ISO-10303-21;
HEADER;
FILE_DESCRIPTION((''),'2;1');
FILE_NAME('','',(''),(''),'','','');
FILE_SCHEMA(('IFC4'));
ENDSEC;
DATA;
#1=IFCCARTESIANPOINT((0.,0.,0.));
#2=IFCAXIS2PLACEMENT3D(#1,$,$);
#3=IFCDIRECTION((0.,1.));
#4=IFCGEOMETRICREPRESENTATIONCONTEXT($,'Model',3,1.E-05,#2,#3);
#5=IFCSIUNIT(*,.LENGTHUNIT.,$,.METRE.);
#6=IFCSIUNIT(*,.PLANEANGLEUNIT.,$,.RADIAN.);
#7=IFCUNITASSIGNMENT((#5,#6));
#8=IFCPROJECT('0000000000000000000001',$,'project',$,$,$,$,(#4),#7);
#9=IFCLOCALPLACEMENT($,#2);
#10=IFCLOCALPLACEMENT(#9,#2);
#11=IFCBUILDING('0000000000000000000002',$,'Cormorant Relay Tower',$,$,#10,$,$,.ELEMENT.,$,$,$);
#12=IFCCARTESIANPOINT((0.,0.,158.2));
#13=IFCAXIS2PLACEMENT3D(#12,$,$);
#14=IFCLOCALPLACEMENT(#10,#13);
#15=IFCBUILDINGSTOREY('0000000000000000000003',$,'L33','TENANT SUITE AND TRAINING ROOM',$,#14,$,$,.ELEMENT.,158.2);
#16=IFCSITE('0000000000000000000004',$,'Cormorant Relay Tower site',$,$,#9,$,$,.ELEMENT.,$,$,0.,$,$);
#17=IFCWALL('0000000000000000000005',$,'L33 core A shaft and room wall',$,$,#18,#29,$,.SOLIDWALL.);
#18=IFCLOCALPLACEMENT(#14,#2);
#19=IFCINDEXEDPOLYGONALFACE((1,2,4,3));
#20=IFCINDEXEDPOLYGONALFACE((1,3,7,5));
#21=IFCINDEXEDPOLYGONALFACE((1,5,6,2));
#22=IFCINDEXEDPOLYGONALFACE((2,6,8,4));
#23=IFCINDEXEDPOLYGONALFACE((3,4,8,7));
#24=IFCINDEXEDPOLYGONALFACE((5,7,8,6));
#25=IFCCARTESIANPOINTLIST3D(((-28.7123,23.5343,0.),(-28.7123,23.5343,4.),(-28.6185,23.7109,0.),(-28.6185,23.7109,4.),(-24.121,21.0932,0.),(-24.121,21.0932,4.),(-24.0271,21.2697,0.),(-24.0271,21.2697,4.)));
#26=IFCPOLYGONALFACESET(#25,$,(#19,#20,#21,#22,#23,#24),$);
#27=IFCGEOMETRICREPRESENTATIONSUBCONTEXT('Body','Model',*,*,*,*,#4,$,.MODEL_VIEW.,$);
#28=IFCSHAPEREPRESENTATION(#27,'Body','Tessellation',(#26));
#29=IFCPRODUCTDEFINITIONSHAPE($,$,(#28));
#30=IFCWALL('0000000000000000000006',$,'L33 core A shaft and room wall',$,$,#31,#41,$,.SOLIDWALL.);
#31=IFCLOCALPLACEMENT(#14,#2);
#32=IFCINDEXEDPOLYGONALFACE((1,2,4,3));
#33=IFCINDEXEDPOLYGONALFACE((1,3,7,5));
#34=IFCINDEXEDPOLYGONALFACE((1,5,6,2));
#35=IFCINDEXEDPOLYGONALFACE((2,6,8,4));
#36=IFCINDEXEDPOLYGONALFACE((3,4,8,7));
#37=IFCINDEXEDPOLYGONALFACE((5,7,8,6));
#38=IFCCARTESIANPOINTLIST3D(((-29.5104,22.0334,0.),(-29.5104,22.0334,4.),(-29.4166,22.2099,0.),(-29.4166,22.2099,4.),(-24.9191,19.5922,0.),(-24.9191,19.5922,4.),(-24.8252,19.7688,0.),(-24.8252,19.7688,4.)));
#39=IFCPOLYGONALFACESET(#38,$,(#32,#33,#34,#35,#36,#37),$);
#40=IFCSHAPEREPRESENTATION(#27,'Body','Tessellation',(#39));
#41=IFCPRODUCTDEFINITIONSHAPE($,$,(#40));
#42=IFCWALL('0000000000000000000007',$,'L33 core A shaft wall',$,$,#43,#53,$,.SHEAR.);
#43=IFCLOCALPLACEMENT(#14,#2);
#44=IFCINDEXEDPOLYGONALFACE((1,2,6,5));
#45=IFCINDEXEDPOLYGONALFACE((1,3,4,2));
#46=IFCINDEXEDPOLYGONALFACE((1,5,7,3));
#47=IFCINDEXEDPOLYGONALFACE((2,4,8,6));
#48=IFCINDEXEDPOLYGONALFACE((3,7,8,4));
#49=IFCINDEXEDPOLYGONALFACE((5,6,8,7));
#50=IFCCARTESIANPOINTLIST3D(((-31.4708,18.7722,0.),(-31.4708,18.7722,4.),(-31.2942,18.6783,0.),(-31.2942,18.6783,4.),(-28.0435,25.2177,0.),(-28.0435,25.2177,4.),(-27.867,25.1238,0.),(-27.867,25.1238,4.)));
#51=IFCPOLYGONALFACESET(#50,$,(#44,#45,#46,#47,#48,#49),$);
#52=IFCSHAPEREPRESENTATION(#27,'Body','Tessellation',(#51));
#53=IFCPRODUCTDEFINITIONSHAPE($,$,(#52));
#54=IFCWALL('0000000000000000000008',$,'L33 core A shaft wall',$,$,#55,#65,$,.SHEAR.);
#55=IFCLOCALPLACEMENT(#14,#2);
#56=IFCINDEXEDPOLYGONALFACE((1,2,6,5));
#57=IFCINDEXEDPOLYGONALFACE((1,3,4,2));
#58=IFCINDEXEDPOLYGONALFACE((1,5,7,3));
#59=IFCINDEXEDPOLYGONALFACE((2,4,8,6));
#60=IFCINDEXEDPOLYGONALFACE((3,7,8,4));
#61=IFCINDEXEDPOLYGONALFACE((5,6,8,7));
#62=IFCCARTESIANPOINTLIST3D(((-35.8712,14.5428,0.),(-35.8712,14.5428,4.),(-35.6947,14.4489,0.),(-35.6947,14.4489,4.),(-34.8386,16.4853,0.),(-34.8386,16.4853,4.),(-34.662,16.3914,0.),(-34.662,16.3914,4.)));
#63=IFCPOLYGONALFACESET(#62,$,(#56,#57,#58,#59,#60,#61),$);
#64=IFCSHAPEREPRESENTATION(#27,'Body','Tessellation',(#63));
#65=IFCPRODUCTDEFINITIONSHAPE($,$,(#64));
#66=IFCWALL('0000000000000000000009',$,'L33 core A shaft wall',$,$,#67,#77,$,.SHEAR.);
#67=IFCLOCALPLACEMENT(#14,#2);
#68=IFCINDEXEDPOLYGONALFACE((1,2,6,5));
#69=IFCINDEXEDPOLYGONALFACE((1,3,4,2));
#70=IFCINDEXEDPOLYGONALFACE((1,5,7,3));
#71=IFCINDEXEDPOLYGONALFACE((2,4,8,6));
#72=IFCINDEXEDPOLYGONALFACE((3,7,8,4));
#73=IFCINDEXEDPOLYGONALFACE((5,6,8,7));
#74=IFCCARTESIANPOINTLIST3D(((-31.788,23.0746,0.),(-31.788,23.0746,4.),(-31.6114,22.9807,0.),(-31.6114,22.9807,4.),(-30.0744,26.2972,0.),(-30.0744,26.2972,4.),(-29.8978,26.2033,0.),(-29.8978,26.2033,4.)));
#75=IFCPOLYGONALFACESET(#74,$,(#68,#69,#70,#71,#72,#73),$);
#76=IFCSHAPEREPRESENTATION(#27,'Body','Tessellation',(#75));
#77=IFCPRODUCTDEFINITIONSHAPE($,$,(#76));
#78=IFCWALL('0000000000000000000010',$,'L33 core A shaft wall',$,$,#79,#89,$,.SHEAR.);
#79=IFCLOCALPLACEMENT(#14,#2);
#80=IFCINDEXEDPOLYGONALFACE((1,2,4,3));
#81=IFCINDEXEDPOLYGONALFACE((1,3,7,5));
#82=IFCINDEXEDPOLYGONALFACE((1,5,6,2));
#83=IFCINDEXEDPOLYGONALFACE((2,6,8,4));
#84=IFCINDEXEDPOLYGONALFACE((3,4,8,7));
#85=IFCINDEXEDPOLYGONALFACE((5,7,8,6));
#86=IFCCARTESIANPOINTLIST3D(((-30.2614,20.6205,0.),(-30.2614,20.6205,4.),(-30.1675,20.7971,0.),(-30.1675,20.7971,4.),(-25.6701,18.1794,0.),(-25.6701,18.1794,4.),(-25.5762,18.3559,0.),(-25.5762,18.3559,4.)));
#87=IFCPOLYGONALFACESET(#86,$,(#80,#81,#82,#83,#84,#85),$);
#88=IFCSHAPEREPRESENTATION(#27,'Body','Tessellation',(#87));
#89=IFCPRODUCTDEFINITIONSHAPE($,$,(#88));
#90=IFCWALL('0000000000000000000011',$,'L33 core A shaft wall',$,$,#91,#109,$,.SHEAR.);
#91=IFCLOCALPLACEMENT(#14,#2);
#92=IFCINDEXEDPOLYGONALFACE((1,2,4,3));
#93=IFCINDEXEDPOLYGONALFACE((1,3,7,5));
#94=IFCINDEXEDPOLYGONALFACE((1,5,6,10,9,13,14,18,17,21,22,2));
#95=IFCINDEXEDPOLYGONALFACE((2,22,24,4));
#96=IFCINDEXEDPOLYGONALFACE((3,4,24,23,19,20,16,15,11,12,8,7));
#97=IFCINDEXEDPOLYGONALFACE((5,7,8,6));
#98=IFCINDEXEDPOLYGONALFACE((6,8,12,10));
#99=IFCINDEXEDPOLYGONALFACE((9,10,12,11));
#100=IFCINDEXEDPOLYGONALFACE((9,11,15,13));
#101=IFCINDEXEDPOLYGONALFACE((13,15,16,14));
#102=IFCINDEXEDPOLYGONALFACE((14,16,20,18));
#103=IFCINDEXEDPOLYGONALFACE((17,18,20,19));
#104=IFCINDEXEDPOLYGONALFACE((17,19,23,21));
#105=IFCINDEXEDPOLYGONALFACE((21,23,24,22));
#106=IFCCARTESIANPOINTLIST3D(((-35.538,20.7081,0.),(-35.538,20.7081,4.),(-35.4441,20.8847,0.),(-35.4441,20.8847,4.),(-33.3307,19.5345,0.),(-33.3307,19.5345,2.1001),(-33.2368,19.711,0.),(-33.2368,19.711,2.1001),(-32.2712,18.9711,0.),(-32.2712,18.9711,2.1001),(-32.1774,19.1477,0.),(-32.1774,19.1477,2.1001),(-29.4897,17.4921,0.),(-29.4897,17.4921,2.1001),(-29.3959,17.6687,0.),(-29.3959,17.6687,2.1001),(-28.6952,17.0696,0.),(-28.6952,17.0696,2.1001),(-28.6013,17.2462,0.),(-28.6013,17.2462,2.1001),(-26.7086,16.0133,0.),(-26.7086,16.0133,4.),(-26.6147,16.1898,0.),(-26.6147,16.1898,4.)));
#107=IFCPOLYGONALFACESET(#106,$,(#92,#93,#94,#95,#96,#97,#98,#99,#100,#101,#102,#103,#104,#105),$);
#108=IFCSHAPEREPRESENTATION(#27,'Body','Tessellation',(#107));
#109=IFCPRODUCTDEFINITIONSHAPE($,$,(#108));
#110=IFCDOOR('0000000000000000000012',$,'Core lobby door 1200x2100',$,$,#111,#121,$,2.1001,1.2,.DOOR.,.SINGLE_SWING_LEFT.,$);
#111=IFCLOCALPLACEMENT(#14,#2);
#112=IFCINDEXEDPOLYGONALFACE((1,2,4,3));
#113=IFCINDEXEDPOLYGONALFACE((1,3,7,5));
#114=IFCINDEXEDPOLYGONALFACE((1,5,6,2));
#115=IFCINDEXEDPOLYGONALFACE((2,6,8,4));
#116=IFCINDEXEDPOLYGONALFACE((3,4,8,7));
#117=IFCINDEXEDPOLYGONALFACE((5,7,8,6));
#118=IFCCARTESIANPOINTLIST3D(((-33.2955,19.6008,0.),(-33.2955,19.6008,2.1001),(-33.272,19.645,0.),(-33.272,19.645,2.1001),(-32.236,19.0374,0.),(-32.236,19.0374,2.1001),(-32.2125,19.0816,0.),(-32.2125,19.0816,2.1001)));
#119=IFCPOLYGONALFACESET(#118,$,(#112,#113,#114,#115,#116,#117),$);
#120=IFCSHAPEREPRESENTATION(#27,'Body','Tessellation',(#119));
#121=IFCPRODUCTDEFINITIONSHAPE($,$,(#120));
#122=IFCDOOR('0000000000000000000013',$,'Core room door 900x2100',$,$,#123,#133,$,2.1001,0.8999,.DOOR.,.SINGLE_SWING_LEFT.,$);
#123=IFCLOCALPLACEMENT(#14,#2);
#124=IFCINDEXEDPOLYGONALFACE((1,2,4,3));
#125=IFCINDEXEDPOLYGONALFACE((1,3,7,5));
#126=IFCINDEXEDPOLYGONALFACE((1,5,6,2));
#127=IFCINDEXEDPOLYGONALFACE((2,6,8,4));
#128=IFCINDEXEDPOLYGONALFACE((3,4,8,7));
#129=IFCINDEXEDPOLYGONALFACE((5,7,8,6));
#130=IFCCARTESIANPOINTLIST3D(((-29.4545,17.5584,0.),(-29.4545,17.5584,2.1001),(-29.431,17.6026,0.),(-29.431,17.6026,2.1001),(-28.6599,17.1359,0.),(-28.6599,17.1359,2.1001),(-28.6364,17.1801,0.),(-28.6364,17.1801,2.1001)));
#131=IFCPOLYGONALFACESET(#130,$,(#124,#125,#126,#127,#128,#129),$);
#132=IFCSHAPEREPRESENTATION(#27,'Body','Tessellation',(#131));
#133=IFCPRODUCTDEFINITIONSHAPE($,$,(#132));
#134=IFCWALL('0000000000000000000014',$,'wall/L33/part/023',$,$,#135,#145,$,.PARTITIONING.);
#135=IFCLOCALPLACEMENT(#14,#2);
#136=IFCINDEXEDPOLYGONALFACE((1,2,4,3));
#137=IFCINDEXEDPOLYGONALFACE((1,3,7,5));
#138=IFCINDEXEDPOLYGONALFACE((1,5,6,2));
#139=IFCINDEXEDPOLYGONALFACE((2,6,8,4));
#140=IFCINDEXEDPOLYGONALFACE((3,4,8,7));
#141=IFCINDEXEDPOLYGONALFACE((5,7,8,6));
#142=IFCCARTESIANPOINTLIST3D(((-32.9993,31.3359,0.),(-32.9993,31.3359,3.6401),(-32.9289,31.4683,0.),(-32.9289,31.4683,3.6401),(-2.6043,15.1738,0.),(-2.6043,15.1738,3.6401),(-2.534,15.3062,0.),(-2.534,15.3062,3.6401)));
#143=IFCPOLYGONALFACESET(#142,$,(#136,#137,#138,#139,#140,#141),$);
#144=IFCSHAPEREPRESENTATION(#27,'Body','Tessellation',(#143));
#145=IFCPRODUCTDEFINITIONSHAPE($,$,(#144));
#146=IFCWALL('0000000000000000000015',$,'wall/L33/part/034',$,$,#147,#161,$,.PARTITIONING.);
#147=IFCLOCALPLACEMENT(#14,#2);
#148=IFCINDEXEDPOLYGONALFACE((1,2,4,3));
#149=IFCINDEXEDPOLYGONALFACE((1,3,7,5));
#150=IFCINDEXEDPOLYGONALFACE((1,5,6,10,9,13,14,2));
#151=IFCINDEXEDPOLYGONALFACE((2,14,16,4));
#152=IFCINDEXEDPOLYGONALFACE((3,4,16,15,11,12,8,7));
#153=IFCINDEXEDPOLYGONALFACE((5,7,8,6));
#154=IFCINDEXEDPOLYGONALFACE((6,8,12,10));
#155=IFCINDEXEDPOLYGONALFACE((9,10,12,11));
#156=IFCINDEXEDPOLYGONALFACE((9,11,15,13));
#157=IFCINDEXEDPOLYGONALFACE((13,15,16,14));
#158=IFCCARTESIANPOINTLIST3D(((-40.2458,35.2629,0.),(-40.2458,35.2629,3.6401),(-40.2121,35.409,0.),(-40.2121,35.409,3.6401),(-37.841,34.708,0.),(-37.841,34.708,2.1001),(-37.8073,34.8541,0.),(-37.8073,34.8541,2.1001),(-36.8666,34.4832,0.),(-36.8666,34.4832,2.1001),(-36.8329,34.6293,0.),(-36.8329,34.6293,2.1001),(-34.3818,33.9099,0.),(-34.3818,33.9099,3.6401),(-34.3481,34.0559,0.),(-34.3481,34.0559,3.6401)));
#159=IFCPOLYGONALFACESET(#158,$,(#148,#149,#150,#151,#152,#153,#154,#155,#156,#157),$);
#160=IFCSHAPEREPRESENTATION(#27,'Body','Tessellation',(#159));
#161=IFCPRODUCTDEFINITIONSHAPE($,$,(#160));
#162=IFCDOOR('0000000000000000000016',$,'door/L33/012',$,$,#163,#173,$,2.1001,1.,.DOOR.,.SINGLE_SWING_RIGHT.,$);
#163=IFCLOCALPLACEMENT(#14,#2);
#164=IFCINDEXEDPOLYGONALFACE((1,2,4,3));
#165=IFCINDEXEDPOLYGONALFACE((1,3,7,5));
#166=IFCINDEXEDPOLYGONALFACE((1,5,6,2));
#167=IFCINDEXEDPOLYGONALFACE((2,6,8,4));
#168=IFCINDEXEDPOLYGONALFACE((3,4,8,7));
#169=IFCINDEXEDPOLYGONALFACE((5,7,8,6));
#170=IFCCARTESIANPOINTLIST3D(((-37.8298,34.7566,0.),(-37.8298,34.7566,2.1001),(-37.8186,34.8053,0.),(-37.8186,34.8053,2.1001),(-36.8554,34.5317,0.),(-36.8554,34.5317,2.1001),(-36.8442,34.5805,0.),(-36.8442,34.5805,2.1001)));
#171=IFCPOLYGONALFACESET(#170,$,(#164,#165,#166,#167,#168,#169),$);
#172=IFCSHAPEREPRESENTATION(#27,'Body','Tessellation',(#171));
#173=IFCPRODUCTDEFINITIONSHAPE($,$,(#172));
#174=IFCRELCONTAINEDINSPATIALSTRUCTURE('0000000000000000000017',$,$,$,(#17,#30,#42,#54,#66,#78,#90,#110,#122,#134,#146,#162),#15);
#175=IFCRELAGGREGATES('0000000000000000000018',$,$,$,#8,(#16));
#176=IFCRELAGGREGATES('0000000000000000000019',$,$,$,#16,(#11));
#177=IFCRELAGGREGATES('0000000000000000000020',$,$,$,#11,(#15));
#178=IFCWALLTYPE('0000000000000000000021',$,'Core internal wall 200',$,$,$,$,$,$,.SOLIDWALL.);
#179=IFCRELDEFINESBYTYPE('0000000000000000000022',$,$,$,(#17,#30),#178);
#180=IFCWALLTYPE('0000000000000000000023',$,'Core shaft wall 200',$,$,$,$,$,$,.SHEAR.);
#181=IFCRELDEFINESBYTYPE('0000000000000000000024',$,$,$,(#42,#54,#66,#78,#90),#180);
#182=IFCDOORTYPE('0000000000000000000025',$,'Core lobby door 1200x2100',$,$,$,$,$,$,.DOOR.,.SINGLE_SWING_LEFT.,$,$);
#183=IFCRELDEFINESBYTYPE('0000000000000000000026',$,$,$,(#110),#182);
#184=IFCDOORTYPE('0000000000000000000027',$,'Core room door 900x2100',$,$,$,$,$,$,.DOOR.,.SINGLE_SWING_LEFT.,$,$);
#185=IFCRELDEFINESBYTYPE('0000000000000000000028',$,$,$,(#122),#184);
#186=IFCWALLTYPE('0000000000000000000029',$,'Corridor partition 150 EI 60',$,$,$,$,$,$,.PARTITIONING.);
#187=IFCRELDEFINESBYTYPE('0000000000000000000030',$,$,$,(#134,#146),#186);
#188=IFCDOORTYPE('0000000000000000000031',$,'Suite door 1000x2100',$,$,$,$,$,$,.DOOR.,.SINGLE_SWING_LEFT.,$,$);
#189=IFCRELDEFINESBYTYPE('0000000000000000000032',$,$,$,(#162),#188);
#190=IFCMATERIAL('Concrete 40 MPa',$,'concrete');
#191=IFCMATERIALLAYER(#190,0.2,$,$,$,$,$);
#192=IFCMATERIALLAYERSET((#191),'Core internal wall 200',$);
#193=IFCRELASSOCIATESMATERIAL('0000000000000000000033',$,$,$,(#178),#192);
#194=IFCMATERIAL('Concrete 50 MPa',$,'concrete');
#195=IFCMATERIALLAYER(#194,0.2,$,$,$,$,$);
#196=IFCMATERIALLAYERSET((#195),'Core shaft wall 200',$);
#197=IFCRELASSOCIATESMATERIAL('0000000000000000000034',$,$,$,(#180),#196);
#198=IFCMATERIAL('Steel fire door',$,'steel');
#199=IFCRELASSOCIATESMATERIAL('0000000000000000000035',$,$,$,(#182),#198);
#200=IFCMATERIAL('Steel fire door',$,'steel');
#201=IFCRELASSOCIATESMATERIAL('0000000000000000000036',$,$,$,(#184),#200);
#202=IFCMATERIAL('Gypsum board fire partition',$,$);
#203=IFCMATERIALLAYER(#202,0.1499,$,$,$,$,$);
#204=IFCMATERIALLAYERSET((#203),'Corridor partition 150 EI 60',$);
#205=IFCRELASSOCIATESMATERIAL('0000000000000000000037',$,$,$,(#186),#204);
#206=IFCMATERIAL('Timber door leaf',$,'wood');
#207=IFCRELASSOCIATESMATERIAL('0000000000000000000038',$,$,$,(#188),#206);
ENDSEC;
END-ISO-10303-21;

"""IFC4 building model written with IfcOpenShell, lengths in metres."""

from ifc_helpers import new_model, si_unit, direction, frame, frame_2d, origin, place, context, subcontext, project, spatial, rectangle, extrude, material, layer, layer_set, type_object, element, fill, save


model = new_model("IFC4")

# Units and contexts
model_context = context("Model", 3, precision=1e-05, world=origin(), true_north=direction((0.0, 1.0)))
body_context = subcontext(model_context, "Body", "Model", "MODEL_VIEW")
ifc_project = project(units=[si_unit("LENGTHUNIT", "METRE"), si_unit("PLANEANGLEUNIT", "RADIAN")], contexts=[model_context])

# Site, building, storey
site_placement = place(None, origin())
site = spatial("IfcSite", under=ifc_project, at=site_placement, Name="Cormorant Relay Tower site", CompositionType="ELEMENT", RefElevation=0.0)
building_placement = place(site_placement, origin())
building = spatial("IfcBuilding", under=site, at=building_placement, Name="Cormorant Relay Tower", CompositionType="ELEMENT")
storey_placement = place(building_placement, frame((0.0, 0.0, 158.2)))
storey = spatial("IfcBuildingStorey", under=building, at=storey_placement, Name="L33", Description="TENANT SUITE AND TRAINING ROOM", CompositionType="ELEMENT", Elevation=158.2)

# Walls
ifc_material_1 = material(Name="Concrete 40 MPa", Category="concrete")
ifc_layer_1 = layer(ifc_material_1, 0.2)
ifc_layer_set_1 = layer_set([ifc_layer_1], Name="Core internal wall 200")
wall_type_1 = type_object("IfcWallType", Name="Core internal wall 200", PredefinedType="SOLIDWALL", material=ifc_layer_set_1)
for number, where, z_axis, x_axis, name in (
    (1, (-24.074, 21.1814, 0.0), (0.0, 0.0, 1.0), (-0.882954, 0.46946, 0.0), "L33 core A shaft and room wall"),
    (2, (-24.8721, 19.6804, 0.0), (0.0, 0.0, 1.0), (-0.882954, 0.46946, 0.0), "L33 core A shaft and room wall"),
):
    element("IfcWall", number, at=place(storey_placement, frame(where, z_axis=z_axis, x_axis=x_axis)), inside=storey, type_object=wall_type_1, Name=name, PredefinedType="SOLIDWALL", context=body_context, shape_type="SweptSolid", body=[
        extrude(rectangle(XDim=5.2, YDim=0.2, at=frame_2d((2.6001, 0.0))), origin(), (0.0, 0.0, 1.0), 4.0),
    ])
ifc_material_2 = material(Name="Concrete 50 MPa", Category="concrete")
ifc_layer_2 = layer(ifc_material_2, 0.2)
ifc_layer_set_2 = layer_set([ifc_layer_2], Name="Core shaft wall 200")
wall_type_2 = type_object("IfcWallType", Name="Core shaft wall 200", PredefinedType="SHEAR", material=ifc_layer_set_2)
wall_1_placement = place(storey_placement, frame((-27.9553, 25.1707, 0.0), z_axis=(0.0, 0.0, 1.0), x_axis=(-0.46948, -0.882943, 0.0)))
element("IfcWall", 3, at=wall_1_placement, inside=storey, type_object=wall_type_2, Name="L33 core A shaft wall", PredefinedType="SHEAR", context=body_context, shape_type="SweptSolid", body=[
    extrude(rectangle(XDim=7.3, YDim=0.2, at=frame_2d((3.6499, 0.0))), origin(), (0.0, 0.0, 1.0), 4.0),
])
wall_2_placement = place(storey_placement, frame((-34.7502, 16.4385, 0.0), z_axis=(0.0, 0.0, 1.0), x_axis=(-0.469401, -0.882985, 0.0)))
element("IfcWall", 4, at=wall_2_placement, inside=storey, type_object=wall_type_2, Name="L33 core A shaft wall", PredefinedType="SHEAR", context=body_context, shape_type="SweptSolid", body=[
    extrude(rectangle(XDim=2.2, YDim=0.2, at=frame_2d((1.1001, 0.0))), origin(), (0.0, 0.0, 1.0), 4.0),
])
wall_3_placement = place(storey_placement, frame((-29.9861, 26.2502, 0.0), z_axis=(0.0, 0.0, 1.0), x_axis=(-0.469494, -0.882936, 0.0)))
element("IfcWall", 5, at=wall_3_placement, inside=storey, type_object=wall_type_2, Name="L33 core A shaft wall", PredefinedType="SHEAR", context=body_context, shape_type="SweptSolid", body=[
    extrude(rectangle(XDim=3.6499, YDim=0.2, at=frame_2d((1.825, 0.0))), origin(), (0.0, 0.0, 1.0), 4.0),
])

# Wall
wall_4_placement = place(storey_placement, frame((-25.623, 18.2676, 0.0), z_axis=(0.0, 0.0, 1.0), x_axis=(-0.882954, 0.46946, 0.0)))
element("IfcWall", 6, at=wall_4_placement, inside=storey, type_object=wall_type_2, Name="L33 core A shaft wall", PredefinedType="SHEAR", context=body_context, shape_type="SweptSolid", body=[
    extrude(rectangle(XDim=5.2, YDim=0.2, at=frame_2d((2.6001, 0.0))), origin(), (0.0, 0.0, 1.0), 4.0),
])

# Wall, openings, doors
wall_5_placement = place(storey_placement, frame((-26.6616, 16.1016, 0.0), z_axis=(0.0, 0.0, 1.0), x_axis=(-0.88294, 0.469485, 0.0)))
wall_5 = element("IfcWall", 7, at=wall_5_placement, inside=storey, type_object=wall_type_2, Name="L33 core A shaft wall", PredefinedType="SHEAR", context=body_context, shape_type="SweptSolid", body=[
    extrude(rectangle(XDim=10.0, YDim=0.2, at=frame_2d((5.0, 0.0))), origin(), (0.0, 0.0, 1.0), 4.0),
])
opening_1_placement = place(wall_5_placement, frame((6.3, 0.0, 0.0)))
opening_1 = element("IfcOpeningElement", 8, at=opening_1_placement, cuts=wall_5, PredefinedType="OPENING", context=body_context, shape_type="SweptSolid", body=[
    extrude(rectangle(XDim=1.2, YDim=2.1001, at=frame_2d((0.6001, 1.05))), frame((0.0, 0.1099, 0.0), z_axis=(0.0, -1.0, 0.0), x_axis=(1.0, 0.0, 0.0)), (0.0, 0.0, 1.0), 0.22),
])
opening_2_placement = place(wall_5_placement, frame((2.25, 0.0, 0.0)))
opening_2 = element("IfcOpeningElement", 9, at=opening_2_placement, cuts=wall_5, PredefinedType="OPENING", context=body_context, shape_type="SweptSolid", body=[
    extrude(rectangle(XDim=0.8999, YDim=2.1001, at=frame_2d((0.45, 1.05))), frame((0.0, 0.1099, 0.0), z_axis=(0.0, -1.0, 0.0), x_axis=(1.0, 0.0, 0.0)), (0.0, 0.0, 1.0), 0.22),
])
ifc_material_3 = material(Name="Steel fire door", Category="steel")
door_type_1 = type_object("IfcDoorType", Name="Core lobby door 1200x2100", OperationType="SINGLE_SWING_LEFT", PredefinedType="DOOR", material=ifc_material_3)
door_1_placement = place(opening_1_placement, origin())
door_1 = element("IfcDoor", 10, at=door_1_placement, inside=storey, type_object=door_type_1, Name="Core lobby door 1200x2100", OperationType="SINGLE_SWING_LEFT", OverallHeight=2.1001, OverallWidth=1.2, PredefinedType="DOOR", context=body_context, shape_type="SweptSolid", body=[
    extrude(rectangle(XDim=1.2, YDim=2.1001, at=frame_2d((0.6001, 1.05))), frame((0.0, 0.0249, 0.0), z_axis=(0.0, -1.0, 0.0), x_axis=(1.0, 0.0, 0.0)), (0.0, 0.0, 1.0), 0.05),
])
fill(opening_1, door_1)
ifc_material_4 = material(Name="Steel fire door", Category="steel")
door_type_2 = type_object("IfcDoorType", Name="Core room door 900x2100", OperationType="SINGLE_SWING_LEFT", PredefinedType="DOOR", material=ifc_material_4)
door_2_placement = place(opening_2_placement, origin())
door_2 = element("IfcDoor", 11, at=door_2_placement, inside=storey, type_object=door_type_2, Name="Core room door 900x2100", OperationType="SINGLE_SWING_LEFT", OverallHeight=2.1001, OverallWidth=0.8999, PredefinedType="DOOR", context=body_context, shape_type="SweptSolid", body=[
    extrude(rectangle(XDim=0.8999, YDim=2.1001, at=frame_2d((0.45, 1.05))), frame((0.0, 0.0249, 0.0), z_axis=(0.0, -1.0, 0.0), x_axis=(1.0, 0.0, 0.0)), (0.0, 0.0, 1.0), 0.05),
])
fill(opening_2, door_2)

# Wall
ifc_material_5 = material(Name="Gypsum board fire partition")
ifc_layer_3 = layer(ifc_material_5, 0.1499)
ifc_layer_set_3 = layer_set([ifc_layer_3], Name="Corridor partition 150 EI 60")
wall_type_3 = type_object("IfcWallType", Name="Corridor partition 150 EI 60", PredefinedType="PARTITIONING", material=ifc_layer_set_3)
wall_6_placement = place(storey_placement, frame((-32.9641, 31.4021, 0.0), z_axis=(0.0, 0.0, 1.0), x_axis=(0.882938, -0.469489, 0.0)))
element("IfcWall", 12, at=wall_6_placement, inside=storey, type_object=wall_type_3, Name="wall/L33/part/023", PredefinedType="PARTITIONING", context=body_context, shape_type="SweptSolid", body=[
    extrude(rectangle(XDim=34.4248, YDim=0.1499, at=frame_2d((17.2124, 0.0))), origin(), (0.0, 0.0, 1.0), 3.6401),
])

# Wall, opening, door
wall_7_placement = place(storey_placement, frame((-34.365, 33.9829, 0.0), z_axis=(0.0, 0.0, 1.0), x_axis=(-0.974399, 0.224827, 0.0)))
wall_7 = element("IfcWall", 13, at=wall_7_placement, inside=storey, type_object=wall_type_3, Name="wall/L33/part/034", PredefinedType="PARTITIONING", context=body_context, shape_type="SweptSolid", body=[
    extrude(rectangle(XDim=6.0181, YDim=0.1499, at=frame_2d((3.009, 0.0))), origin(), (0.0, 0.0, 1.0), 3.6401),
])
opening_3_placement = place(wall_7_placement, frame((2.55, 0.0, 0.0)))
opening_3 = element("IfcOpeningElement", 14, at=opening_3_placement, cuts=wall_7, PredefinedType="OPENING", context=body_context, shape_type="SweptSolid", body=[
    extrude(rectangle(XDim=1.0, YDim=2.1001, at=frame_2d((0.5, 1.05))), frame((0.0, 0.085, 0.0), z_axis=(0.0, -1.0, 0.0), x_axis=(1.0, 0.0, 0.0)), (0.0, 0.0, 1.0), 0.1699),
])
ifc_material_6 = material(Name="Timber door leaf", Category="wood")
door_type_3 = type_object("IfcDoorType", Name="Suite door 1000x2100", OperationType="SINGLE_SWING_LEFT", PredefinedType="DOOR", material=ifc_material_6)
door_3_placement = place(opening_3_placement, frame((1.0, 0.0, 0.0), z_axis=(0.0, 0.0, 1.0), x_axis=(-1.0, 0.0, 0.0)))
door_3 = element("IfcDoor", 15, at=door_3_placement, inside=storey, type_object=door_type_3, Name="door/L33/012", OperationType="SINGLE_SWING_RIGHT", OverallHeight=2.1001, OverallWidth=1.0, PredefinedType="DOOR", context=body_context, shape_type="SweptSolid", body=[
    extrude(rectangle(XDim=1.0, YDim=2.1001, at=frame_2d((0.5, 1.05))), frame((0.0, 0.0249, 0.0), z_axis=(0.0, -1.0, 0.0), x_axis=(1.0, 0.0, 0.0)), (0.0, 0.0, 1.0), 0.05),
])
fill(opening_3, door_3)

save(model, "model.ifc")
